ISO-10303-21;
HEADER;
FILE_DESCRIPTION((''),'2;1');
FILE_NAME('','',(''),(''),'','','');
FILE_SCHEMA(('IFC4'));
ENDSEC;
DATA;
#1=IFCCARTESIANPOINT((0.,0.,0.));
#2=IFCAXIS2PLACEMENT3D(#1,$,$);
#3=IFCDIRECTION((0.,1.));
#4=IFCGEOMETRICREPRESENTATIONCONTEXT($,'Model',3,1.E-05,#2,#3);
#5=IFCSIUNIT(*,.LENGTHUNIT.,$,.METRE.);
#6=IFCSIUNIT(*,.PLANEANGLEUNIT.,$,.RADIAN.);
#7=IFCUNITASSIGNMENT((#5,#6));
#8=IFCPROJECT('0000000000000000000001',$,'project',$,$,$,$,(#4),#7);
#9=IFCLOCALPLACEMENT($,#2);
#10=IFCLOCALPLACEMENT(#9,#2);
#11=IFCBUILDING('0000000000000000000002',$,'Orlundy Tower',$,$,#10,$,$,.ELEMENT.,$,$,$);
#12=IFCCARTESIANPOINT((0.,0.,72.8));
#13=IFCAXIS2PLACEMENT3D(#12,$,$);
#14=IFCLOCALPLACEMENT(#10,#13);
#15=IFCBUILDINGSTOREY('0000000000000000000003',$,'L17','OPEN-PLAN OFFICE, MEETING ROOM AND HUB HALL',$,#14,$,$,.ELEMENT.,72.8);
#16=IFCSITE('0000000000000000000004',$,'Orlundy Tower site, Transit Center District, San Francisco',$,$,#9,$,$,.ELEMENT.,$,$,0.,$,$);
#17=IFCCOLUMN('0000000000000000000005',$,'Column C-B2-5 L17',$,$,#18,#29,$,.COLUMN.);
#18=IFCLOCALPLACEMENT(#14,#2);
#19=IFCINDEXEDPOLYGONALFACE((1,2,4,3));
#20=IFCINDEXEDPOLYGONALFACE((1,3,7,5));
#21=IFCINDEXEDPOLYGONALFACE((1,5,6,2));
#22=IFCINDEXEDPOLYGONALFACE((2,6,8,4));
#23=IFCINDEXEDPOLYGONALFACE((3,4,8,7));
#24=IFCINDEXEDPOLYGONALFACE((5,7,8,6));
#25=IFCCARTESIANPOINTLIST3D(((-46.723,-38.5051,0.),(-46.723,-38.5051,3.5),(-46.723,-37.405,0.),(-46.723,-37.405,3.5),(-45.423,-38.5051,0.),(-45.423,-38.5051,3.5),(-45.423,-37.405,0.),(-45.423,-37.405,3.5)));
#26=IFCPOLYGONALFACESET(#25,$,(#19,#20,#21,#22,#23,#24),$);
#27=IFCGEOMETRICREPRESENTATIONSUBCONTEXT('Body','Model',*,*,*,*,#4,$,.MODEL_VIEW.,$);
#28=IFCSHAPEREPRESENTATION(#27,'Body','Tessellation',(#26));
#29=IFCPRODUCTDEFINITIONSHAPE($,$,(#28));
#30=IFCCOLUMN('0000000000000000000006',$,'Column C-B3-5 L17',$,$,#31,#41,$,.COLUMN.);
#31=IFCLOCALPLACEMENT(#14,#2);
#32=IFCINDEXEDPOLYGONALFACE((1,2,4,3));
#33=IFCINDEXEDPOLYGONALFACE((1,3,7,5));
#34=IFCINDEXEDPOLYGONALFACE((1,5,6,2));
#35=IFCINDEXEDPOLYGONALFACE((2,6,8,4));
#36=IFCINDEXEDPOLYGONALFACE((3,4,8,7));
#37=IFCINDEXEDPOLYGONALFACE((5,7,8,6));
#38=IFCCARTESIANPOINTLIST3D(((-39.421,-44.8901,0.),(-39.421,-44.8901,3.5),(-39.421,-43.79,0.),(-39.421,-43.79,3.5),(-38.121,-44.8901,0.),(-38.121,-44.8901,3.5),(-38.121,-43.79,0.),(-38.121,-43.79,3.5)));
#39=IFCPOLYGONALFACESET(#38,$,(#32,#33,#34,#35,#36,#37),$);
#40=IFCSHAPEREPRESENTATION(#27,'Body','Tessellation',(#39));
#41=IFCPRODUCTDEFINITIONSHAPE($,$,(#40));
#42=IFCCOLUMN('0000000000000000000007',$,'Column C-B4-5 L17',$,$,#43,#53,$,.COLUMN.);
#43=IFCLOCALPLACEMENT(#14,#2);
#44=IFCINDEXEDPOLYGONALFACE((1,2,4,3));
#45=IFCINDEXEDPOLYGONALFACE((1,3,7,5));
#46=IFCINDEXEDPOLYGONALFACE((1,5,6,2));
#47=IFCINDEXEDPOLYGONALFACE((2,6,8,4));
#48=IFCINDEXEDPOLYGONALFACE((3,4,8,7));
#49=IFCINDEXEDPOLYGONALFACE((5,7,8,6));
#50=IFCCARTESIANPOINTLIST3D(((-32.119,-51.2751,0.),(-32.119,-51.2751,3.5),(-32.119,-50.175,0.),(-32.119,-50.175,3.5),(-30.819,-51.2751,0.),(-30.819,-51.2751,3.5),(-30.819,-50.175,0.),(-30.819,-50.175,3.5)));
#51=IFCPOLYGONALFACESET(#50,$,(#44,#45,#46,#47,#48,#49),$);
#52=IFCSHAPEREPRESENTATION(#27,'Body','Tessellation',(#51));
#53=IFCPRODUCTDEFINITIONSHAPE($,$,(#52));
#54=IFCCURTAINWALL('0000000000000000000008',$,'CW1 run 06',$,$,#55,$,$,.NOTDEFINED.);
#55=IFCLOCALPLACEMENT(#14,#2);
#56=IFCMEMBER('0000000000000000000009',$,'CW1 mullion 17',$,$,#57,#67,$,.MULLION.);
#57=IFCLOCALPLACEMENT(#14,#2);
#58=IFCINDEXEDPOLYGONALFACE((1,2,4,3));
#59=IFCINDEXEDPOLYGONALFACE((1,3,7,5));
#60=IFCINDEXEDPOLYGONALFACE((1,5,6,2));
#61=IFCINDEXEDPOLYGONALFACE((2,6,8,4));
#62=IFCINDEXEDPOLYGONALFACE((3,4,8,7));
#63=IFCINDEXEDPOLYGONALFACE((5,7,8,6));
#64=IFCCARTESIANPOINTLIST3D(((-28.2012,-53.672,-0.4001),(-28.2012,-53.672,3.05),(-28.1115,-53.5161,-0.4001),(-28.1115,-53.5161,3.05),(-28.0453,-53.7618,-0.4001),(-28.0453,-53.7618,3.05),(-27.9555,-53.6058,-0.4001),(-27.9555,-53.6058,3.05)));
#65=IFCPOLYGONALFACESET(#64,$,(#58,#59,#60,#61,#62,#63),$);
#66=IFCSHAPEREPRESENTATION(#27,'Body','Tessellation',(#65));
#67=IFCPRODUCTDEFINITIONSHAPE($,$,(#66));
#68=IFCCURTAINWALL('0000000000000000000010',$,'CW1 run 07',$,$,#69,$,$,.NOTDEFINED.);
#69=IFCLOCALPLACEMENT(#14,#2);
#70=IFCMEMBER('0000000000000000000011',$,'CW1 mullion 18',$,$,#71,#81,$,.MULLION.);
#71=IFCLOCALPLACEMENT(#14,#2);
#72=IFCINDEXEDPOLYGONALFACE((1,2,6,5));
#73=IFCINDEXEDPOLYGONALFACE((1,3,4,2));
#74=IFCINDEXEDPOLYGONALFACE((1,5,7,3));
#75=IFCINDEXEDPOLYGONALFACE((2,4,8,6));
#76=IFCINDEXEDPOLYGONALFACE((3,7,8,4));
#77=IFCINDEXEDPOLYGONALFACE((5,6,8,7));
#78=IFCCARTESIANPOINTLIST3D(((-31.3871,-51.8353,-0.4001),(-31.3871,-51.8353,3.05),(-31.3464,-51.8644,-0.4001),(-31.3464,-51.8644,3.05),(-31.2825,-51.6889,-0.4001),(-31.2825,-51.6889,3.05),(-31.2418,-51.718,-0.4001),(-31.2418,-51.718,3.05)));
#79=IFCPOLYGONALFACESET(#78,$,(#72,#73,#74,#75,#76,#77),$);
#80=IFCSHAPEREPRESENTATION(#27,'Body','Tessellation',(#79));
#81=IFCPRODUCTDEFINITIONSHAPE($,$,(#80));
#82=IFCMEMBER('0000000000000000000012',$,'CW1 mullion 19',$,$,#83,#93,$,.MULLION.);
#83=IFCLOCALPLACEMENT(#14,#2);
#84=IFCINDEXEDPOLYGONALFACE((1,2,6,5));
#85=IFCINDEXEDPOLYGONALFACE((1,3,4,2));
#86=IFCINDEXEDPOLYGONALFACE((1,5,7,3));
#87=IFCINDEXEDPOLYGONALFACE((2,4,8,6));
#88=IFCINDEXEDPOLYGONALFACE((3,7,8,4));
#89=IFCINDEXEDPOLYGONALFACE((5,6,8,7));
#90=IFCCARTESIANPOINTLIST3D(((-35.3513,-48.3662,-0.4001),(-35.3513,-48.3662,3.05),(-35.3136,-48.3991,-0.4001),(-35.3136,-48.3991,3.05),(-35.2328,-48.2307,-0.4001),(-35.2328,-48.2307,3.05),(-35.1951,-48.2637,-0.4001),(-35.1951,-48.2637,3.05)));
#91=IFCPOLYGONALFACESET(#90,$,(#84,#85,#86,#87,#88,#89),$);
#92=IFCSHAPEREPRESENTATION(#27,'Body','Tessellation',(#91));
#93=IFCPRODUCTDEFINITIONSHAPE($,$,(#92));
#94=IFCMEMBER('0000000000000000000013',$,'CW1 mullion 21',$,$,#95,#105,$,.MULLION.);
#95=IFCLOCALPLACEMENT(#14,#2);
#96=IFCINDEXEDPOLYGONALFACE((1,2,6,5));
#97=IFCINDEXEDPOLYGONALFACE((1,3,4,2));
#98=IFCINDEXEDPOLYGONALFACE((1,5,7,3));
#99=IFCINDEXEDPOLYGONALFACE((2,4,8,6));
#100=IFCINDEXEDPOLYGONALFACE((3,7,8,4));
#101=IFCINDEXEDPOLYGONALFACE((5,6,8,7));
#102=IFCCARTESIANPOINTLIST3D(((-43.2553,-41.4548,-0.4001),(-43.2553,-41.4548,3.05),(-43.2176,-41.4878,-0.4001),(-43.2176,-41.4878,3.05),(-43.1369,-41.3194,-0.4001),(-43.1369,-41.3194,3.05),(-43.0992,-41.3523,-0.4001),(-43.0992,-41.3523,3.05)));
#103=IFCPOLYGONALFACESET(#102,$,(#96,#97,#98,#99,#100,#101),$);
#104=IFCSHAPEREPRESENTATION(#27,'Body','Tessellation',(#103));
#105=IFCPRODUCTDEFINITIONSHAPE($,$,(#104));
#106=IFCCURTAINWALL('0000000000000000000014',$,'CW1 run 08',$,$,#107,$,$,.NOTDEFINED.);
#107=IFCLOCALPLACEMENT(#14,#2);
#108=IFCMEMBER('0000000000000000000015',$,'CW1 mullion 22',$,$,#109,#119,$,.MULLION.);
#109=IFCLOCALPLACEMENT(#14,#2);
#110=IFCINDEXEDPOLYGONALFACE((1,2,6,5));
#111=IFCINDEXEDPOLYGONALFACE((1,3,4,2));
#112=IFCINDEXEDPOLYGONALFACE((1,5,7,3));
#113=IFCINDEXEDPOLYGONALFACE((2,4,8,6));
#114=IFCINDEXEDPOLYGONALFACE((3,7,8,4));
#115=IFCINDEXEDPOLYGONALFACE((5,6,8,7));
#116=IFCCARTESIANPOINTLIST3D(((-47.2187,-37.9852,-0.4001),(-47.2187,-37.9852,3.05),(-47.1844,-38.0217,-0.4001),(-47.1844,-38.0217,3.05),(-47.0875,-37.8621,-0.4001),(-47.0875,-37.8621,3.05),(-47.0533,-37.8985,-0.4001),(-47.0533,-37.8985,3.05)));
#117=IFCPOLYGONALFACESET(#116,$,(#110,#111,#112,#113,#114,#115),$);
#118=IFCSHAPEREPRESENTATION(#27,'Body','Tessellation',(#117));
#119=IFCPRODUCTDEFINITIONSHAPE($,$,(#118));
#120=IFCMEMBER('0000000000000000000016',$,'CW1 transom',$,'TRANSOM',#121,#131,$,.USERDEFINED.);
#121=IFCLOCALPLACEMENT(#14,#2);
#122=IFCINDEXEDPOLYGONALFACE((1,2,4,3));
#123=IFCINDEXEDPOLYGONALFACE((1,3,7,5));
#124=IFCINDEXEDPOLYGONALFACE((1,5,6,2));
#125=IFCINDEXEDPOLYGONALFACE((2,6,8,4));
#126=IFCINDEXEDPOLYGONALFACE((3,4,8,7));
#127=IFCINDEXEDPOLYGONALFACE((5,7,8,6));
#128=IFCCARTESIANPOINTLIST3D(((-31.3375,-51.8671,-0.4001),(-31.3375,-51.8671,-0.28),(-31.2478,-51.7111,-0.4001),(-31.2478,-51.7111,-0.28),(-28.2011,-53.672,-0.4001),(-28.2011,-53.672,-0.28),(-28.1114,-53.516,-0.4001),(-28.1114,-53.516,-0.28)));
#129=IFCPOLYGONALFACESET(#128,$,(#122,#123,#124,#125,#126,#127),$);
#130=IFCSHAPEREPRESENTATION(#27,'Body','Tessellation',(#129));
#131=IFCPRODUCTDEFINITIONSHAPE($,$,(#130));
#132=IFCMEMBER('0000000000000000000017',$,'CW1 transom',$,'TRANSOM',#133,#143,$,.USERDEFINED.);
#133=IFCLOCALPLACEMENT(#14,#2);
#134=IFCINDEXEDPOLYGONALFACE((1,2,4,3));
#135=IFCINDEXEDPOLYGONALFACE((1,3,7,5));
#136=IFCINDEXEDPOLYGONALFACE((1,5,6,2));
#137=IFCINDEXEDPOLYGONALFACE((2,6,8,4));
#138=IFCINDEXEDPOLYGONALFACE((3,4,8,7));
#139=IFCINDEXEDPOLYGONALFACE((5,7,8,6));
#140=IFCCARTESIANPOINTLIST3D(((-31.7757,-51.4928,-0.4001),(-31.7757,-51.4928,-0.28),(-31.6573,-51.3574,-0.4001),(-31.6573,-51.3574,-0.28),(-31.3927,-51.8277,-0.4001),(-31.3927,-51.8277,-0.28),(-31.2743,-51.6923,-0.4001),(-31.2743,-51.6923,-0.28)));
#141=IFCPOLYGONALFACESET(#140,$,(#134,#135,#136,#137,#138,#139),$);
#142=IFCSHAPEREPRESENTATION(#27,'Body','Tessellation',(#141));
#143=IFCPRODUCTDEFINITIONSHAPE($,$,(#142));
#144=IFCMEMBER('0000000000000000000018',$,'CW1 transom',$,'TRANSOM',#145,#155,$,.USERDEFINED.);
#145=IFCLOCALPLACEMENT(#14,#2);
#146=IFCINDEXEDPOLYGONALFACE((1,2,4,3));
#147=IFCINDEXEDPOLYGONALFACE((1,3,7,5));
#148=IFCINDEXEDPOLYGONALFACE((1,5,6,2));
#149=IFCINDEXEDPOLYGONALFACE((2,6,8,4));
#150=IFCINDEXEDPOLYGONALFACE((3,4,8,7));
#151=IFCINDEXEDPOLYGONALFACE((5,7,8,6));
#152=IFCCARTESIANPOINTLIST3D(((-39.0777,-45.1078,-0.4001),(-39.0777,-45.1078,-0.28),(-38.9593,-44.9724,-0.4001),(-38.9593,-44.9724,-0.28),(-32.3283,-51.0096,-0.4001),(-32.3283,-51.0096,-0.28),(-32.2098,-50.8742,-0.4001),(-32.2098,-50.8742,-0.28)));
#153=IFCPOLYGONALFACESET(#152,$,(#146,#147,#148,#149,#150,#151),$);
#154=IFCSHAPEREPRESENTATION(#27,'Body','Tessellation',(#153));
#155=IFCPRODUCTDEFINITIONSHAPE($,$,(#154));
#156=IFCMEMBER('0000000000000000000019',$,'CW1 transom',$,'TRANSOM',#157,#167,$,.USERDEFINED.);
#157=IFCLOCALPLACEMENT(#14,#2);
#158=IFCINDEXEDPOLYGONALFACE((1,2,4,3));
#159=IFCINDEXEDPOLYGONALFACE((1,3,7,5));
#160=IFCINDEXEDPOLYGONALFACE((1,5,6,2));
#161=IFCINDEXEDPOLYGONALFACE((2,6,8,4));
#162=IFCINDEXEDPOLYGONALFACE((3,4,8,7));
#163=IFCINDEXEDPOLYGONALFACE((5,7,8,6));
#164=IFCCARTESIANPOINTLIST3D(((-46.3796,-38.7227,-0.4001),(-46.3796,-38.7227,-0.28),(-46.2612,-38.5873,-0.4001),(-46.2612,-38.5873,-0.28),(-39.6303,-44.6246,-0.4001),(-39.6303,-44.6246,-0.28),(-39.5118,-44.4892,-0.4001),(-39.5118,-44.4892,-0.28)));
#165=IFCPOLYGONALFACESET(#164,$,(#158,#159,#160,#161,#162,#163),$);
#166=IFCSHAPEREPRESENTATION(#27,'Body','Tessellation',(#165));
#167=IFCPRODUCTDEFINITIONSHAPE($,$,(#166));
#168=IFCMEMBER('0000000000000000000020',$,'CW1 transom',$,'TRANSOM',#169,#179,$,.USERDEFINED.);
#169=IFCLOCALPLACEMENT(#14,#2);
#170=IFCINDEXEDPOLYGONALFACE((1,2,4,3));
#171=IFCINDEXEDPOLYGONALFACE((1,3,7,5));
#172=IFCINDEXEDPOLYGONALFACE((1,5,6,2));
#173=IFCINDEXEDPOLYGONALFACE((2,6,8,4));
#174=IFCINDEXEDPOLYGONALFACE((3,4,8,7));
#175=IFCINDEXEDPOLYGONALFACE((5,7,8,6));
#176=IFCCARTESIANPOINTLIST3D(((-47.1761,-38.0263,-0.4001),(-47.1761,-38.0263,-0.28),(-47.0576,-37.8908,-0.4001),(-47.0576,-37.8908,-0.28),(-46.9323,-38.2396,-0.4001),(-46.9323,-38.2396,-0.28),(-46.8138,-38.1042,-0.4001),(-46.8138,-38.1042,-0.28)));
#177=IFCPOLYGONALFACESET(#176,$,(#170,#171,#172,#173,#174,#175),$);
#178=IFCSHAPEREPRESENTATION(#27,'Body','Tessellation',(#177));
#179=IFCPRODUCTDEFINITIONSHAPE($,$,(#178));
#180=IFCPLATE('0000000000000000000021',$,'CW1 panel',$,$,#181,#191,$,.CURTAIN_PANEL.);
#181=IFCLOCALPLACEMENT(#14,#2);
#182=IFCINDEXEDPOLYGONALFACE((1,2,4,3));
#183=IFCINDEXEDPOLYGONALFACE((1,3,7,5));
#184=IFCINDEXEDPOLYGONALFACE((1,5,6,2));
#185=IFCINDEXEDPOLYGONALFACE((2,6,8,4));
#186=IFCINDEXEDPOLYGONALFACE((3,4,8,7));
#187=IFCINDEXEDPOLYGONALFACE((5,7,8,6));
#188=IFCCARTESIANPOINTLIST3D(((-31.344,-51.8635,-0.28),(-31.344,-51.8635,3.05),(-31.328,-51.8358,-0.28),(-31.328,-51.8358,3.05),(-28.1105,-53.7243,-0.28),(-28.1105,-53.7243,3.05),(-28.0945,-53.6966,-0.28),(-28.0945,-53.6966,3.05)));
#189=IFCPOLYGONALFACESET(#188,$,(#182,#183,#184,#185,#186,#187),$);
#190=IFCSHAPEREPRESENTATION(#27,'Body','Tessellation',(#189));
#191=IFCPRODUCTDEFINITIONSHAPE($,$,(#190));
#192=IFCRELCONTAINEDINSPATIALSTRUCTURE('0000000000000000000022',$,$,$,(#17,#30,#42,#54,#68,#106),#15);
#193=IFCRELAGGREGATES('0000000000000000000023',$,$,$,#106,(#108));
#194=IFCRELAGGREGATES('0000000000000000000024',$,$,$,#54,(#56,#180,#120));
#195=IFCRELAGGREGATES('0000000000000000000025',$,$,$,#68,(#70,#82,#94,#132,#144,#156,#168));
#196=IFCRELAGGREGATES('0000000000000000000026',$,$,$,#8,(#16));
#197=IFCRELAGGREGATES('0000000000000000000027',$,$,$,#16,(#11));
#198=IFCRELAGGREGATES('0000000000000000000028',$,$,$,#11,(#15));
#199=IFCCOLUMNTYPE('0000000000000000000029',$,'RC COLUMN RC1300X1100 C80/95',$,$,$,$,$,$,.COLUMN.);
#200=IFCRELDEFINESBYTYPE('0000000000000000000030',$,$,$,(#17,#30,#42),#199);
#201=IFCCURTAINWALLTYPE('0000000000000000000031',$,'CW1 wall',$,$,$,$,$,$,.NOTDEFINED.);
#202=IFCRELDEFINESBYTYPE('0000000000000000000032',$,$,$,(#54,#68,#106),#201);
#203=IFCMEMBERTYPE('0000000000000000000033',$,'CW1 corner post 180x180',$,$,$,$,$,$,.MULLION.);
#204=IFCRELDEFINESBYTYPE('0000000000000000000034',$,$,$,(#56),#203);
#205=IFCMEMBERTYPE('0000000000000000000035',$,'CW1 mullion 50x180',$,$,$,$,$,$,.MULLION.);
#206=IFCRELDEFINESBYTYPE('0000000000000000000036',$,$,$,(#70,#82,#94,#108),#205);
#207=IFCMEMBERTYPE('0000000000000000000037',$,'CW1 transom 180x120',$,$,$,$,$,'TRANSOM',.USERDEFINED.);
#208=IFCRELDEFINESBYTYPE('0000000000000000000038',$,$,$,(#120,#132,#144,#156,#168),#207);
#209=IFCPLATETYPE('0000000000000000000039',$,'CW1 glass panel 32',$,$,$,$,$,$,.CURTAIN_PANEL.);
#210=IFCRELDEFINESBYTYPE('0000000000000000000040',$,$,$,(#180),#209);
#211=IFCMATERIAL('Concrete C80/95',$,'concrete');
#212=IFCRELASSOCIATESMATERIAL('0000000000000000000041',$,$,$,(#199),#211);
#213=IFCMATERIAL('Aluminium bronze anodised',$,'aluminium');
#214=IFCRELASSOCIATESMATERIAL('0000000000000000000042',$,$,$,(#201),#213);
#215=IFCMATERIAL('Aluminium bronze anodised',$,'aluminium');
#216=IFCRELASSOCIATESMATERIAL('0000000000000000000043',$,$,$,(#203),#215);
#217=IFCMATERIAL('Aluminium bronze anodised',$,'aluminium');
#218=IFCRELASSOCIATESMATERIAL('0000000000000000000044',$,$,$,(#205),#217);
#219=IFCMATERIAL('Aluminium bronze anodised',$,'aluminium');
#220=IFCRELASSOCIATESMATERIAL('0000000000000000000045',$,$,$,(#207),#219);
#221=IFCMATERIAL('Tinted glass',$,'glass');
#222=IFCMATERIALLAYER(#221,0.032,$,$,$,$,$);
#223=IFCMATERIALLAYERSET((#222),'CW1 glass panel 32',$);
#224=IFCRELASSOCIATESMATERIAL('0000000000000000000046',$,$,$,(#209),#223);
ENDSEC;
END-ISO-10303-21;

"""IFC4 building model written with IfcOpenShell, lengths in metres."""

from ifc_helpers import new_model, si_unit, direction, frame, origin, origin_2d, place, context, subcontext, project, spatial, rectangle, extrude, material, layer, layer_set, material_profile, profile_set, type_object, element, aggregate, save


model = new_model("IFC4")

# Units and contexts
model_context = context("Model", 3, precision=1e-05, world=origin(), true_north=direction((0.0, 1.0)))
body_context = subcontext(model_context, "Body", "Model", "MODEL_VIEW")
ifc_project = project(units=[si_unit("LENGTHUNIT", "METRE"), si_unit("PLANEANGLEUNIT", "RADIAN")], contexts=[model_context])

# Site, building, storey
site_placement = place(None, origin())
site = spatial("IfcSite", under=ifc_project, at=site_placement, Name="Orlundy Tower site, Transit Center District, San Francisco", CompositionType="ELEMENT", RefElevation=0.0)
building_placement = place(site_placement, origin())
building = spatial("IfcBuilding", under=site, at=building_placement, Name="Orlundy Tower", CompositionType="ELEMENT")
storey_placement = place(building_placement, frame((0.0, 0.0, 72.8)))
storey = spatial("IfcBuildingStorey", under=building, at=storey_placement, Name="L17", Description="OPEN-PLAN OFFICE, MEETING ROOM AND HUB HALL", CompositionType="ELEMENT", Elevation=72.8)

# Columns
ifc_material_1 = material(Name="Concrete C80/95", Category="concrete")
ifc_material_profile_1 = material_profile(ifc_material_1, rectangle(XDim=1.3, YDim=1.1001, at=origin_2d()), Name="RC1300X1100")
ifc_profile_set_1 = profile_set([ifc_material_profile_1], Name="Concrete C80/95")
column_type = type_object("IfcColumnType", Name="RC COLUMN RC1300X1100 C80/95", PredefinedType="COLUMN", material=ifc_profile_set_1)
for number, where, z_axis, x_axis, name in (
    (1, (-46.073, -37.9551, 0.0), (0.0, 0.0, 1.0), (1.0, 0.0, 0.0), "Column C-B2-5 L17"),
    (2, (-38.771, -44.3401, 0.0), (0.0, 0.0, 1.0), (1.0, 0.0, 0.0), "Column C-B3-5 L17"),
    (3, (-31.469, -50.7251, 0.0), (0.0, 0.0, 1.0), (1.0, 0.0, 0.0), "Column C-B4-5 L17"),
):
    element("IfcColumn", number, at=place(storey_placement, frame(where, z_axis=z_axis, x_axis=x_axis)), inside=storey, type_object=column_type, Name=name, PredefinedType="COLUMN", context=body_context, shape_type="SweptSolid", body=[
        extrude(rectangle(XDim=1.3, YDim=1.1001, at=origin_2d()), origin(), (0.0, 0.0, 1.0), 3.5),
    ])

# Curtain wall, member
ifc_material_2 = material(Name="Aluminium bronze anodised", Category="aluminium")
curtain_wall_type = type_object("IfcCurtainWallType", Name="CW1 wall", PredefinedType="NOTDEFINED", material=ifc_material_2)
curtain_wall_1_placement = place(storey_placement, origin())
curtain_wall_1 = element("IfcCurtainWall", 4, at=curtain_wall_1_placement, inside=storey, type_object=curtain_wall_type, Name="CW1 run 06", PredefinedType="NOTDEFINED")
ifc_material_3 = material(Name="Aluminium bronze anodised", Category="aluminium")
ifc_material_profile_2 = material_profile(ifc_material_3, rectangle(XDim=0.1799, YDim=0.1799, at=origin_2d()), Name="CW1 corner post 180x180")
ifc_profile_set_2 = profile_set([ifc_material_profile_2], Name="Aluminium bronze anodised")
member_type_1 = type_object("IfcMemberType", Name="CW1 corner post 180x180", PredefinedType="MULLION", material=ifc_profile_set_2)
member_1_placement = place(storey_placement, frame((-28.0784, -53.6389, -0.4001), z_axis=(0.0, 0.0, 1.0), x_axis=(-0.49878, -0.866728, 0.0)))
member_1 = element("IfcMember", 5, at=member_1_placement, type_object=member_type_1, Name="CW1 mullion 17", PredefinedType="MULLION", context=body_context, shape_type="SweptSolid", body=[
    extrude(rectangle(XDim=0.1799, YDim=0.1799, at=origin_2d()), origin(), (0.0, 0.0, 1.0), 3.4502),
])

# Curtain wall, members
curtain_wall_2_placement = place(storey_placement, origin())
curtain_wall_2 = element("IfcCurtainWall", 6, at=curtain_wall_2_placement, inside=storey, type_object=curtain_wall_type, Name="CW1 run 07", PredefinedType="NOTDEFINED")
ifc_material_4 = material(Name="Aluminium bronze anodised", Category="aluminium")
ifc_material_profile_3 = material_profile(ifc_material_4, rectangle(XDim=0.1799, YDim=0.05, at=origin_2d()), Name="CW1 mullion 50x180")
ifc_profile_set_3 = profile_set([ifc_material_profile_3], Name="Aluminium bronze anodised")
member_type_2 = type_object("IfcMemberType", Name="CW1 mullion 50x180", PredefinedType="MULLION", material=ifc_profile_set_3)
member_2_placement = place(storey_placement, frame((-31.3145, -51.7766, -0.4001), z_axis=(0.0, 0.0, 1.0), x_axis=(-0.581319, -0.813676, 0.0)))
member_2 = element("IfcMember", 7, at=member_2_placement, type_object=member_type_2, Name="CW1 mullion 18", PredefinedType="MULLION", context=body_context, shape_type="SweptSolid", body=[
    extrude(rectangle(XDim=0.1799, YDim=0.05, at=origin_2d()), origin(), (0.0, 0.0, 1.0), 3.4502),
])
member_3_placement = place(storey_placement, frame((-35.2732, -48.3149, -0.4001), z_axis=(0.0, 0.0, 1.0), x_axis=(-0.658262, -0.752789, 0.0)))
member_3 = element("IfcMember", 8, at=member_3_placement, type_object=member_type_2, Name="CW1 mullion 19", PredefinedType="MULLION", context=body_context, shape_type="SweptSolid", body=[
    extrude(rectangle(XDim=0.1799, YDim=0.05, at=origin_2d()), origin(), (0.0, 0.0, 1.0), 3.4502),
])
member_4_placement = place(storey_placement, frame((-43.1772, -41.4036, -0.4001), z_axis=(0.0, 0.0, 1.0), x_axis=(-0.658262, -0.752789, 0.0)))
member_4 = element("IfcMember", 9, at=member_4_placement, type_object=member_type_2, Name="CW1 mullion 21", PredefinedType="MULLION", context=body_context, shape_type="SweptSolid", body=[
    extrude(rectangle(XDim=0.1799, YDim=0.05, at=origin_2d()), origin(), (0.0, 0.0, 1.0), 3.4502),
])

# Curtain wall, member
curtain_wall_3_placement = place(storey_placement, origin())
curtain_wall_3 = element("IfcCurtainWall", 10, at=curtain_wall_3_placement, inside=storey, type_object=curtain_wall_type, Name="CW1 run 08", PredefinedType="NOTDEFINED")
member_5_placement = place(storey_placement, frame((-47.136, -37.9419, -0.4001), z_axis=(0.0, 0.0, 1.0), x_axis=(-0.728889, -0.684632, 0.0)))
member_5 = element("IfcMember", 11, at=member_5_placement, type_object=member_type_2, Name="CW1 mullion 22", PredefinedType="MULLION", context=body_context, shape_type="SweptSolid", body=[
    extrude(rectangle(XDim=0.1799, YDim=0.05, at=origin_2d()), origin(), (0.0, 0.0, 1.0), 3.4502),
])
aggregate(curtain_wall_3, [member_5])

# Members
ifc_material_5 = material(Name="Aluminium bronze anodised", Category="aluminium")
ifc_material_profile_4 = material_profile(ifc_material_5, rectangle(XDim=0.1799, YDim=0.1201, at=origin_2d()), Name="CW1 transom 180x120")
ifc_profile_set_4 = profile_set([ifc_material_profile_4], Name="Aluminium bronze anodised")
member_type_3 = type_object("IfcMemberType", Name="CW1 transom 180x120", ElementType="TRANSOM", PredefinedType="USERDEFINED", material=ifc_profile_set_4)
member_6_placement = place(storey_placement, frame((-28.1562, -53.594, -0.3401), z_axis=(-0.866732, 0.498774, 0.0), x_axis=(-0.498774, -0.866732, 0.0)))
member_6 = element("IfcMember", 12, at=member_6_placement, type_object=member_type_3, Name="CW1 transom", ObjectType="TRANSOM", PredefinedType="USERDEFINED", context=body_context, shape_type="SweptSolid", body=[
    extrude(rectangle(XDim=0.1799, YDim=0.1201, at=origin_2d()), origin(), (0.0, 0.0, 1.0), 3.6187),
])
member_7_placement = place(storey_placement, frame((-31.3335, -51.76, -0.3401), z_axis=(-0.752785, 0.658267, 0.0), x_axis=(-0.658267, -0.752785, 0.0)))
member_7 = element("IfcMember", 13, at=member_7_placement, type_object=member_type_3, Name="CW1 transom", ObjectType="TRANSOM", PredefinedType="USERDEFINED", context=body_context, shape_type="SweptSolid", body=[
    extrude(rectangle(XDim=0.1799, YDim=0.1201, at=origin_2d()), origin(), (0.0, 0.0, 1.0), 0.5088),
])
member_8_placement = place(storey_placement, frame((-32.269, -50.9419, -0.3401), z_axis=(-0.752796, 0.658254, 0.0), x_axis=(-0.658254, -0.752796, 0.0)))
member_8 = element("IfcMember", 14, at=member_8_placement, type_object=member_type_3, Name="CW1 transom", ObjectType="TRANSOM", PredefinedType="USERDEFINED", context=body_context, shape_type="SweptSolid", body=[
    extrude(rectangle(XDim=0.1799, YDim=0.1201, at=origin_2d()), origin(), (0.0, 0.0, 1.0), 8.9658),
])
member_9_placement = place(storey_placement, frame((-39.571, -44.5569, -0.3401), z_axis=(-0.752784, 0.658267, 0.0), x_axis=(-0.658267, -0.752784, 0.0)))
member_9 = element("IfcMember", 15, at=member_9_placement, type_object=member_type_3, Name="CW1 transom", ObjectType="TRANSOM", PredefinedType="USERDEFINED", context=body_context, shape_type="SweptSolid", body=[
    extrude(rectangle(XDim=0.1799, YDim=0.1201, at=origin_2d()), origin(), (0.0, 0.0, 1.0), 8.9658),
])
member_10_placement = place(storey_placement, frame((-46.873, -38.1719, -0.3401), z_axis=(-0.752623, 0.658451, 0.0), x_axis=(-0.658451, -0.752623, 0.0)))
member_10 = element("IfcMember", 16, at=member_10_placement, type_object=member_type_3, Name="CW1 transom", ObjectType="TRANSOM", PredefinedType="USERDEFINED", context=body_context, shape_type="SweptSolid", body=[
    extrude(rectangle(XDim=0.1799, YDim=0.1201, at=origin_2d()), origin(), (0.0, 0.0, 1.0), 0.324),
])

# Plate
ifc_material_6 = material(Name="Tinted glass", Category="glass")
ifc_layer_1 = layer(ifc_material_6, 0.032)
ifc_layer_set_1 = layer_set([ifc_layer_1], Name="CW1 glass panel 32")
plate_type = type_object("IfcPlateType", Name="CW1 glass panel 32", PredefinedType="CURTAIN_PANEL", material=ifc_layer_set_1)
plate_1_placement = place(storey_placement, frame((-29.7192, -52.78, -0.28), z_axis=(0.0, 0.0, 1.0), x_axis=(-0.866728, 0.49878, 0.0)))
plate_1 = element("IfcPlate", 17, at=plate_1_placement, type_object=plate_type, Name="CW1 panel", PredefinedType="CURTAIN_PANEL", context=body_context, shape_type="SweptSolid", body=[
    extrude(rectangle(XDim=3.7307, YDim=0.032, at=origin_2d()), origin(), (0.0, 0.0, 1.0), 3.3301),
])
aggregate(curtain_wall_1, [member_1, plate_1, member_6])
aggregate(curtain_wall_2, [member_2, member_3, member_4, member_7, member_8, member_9, member_10])

save(model, "model.ifc")
